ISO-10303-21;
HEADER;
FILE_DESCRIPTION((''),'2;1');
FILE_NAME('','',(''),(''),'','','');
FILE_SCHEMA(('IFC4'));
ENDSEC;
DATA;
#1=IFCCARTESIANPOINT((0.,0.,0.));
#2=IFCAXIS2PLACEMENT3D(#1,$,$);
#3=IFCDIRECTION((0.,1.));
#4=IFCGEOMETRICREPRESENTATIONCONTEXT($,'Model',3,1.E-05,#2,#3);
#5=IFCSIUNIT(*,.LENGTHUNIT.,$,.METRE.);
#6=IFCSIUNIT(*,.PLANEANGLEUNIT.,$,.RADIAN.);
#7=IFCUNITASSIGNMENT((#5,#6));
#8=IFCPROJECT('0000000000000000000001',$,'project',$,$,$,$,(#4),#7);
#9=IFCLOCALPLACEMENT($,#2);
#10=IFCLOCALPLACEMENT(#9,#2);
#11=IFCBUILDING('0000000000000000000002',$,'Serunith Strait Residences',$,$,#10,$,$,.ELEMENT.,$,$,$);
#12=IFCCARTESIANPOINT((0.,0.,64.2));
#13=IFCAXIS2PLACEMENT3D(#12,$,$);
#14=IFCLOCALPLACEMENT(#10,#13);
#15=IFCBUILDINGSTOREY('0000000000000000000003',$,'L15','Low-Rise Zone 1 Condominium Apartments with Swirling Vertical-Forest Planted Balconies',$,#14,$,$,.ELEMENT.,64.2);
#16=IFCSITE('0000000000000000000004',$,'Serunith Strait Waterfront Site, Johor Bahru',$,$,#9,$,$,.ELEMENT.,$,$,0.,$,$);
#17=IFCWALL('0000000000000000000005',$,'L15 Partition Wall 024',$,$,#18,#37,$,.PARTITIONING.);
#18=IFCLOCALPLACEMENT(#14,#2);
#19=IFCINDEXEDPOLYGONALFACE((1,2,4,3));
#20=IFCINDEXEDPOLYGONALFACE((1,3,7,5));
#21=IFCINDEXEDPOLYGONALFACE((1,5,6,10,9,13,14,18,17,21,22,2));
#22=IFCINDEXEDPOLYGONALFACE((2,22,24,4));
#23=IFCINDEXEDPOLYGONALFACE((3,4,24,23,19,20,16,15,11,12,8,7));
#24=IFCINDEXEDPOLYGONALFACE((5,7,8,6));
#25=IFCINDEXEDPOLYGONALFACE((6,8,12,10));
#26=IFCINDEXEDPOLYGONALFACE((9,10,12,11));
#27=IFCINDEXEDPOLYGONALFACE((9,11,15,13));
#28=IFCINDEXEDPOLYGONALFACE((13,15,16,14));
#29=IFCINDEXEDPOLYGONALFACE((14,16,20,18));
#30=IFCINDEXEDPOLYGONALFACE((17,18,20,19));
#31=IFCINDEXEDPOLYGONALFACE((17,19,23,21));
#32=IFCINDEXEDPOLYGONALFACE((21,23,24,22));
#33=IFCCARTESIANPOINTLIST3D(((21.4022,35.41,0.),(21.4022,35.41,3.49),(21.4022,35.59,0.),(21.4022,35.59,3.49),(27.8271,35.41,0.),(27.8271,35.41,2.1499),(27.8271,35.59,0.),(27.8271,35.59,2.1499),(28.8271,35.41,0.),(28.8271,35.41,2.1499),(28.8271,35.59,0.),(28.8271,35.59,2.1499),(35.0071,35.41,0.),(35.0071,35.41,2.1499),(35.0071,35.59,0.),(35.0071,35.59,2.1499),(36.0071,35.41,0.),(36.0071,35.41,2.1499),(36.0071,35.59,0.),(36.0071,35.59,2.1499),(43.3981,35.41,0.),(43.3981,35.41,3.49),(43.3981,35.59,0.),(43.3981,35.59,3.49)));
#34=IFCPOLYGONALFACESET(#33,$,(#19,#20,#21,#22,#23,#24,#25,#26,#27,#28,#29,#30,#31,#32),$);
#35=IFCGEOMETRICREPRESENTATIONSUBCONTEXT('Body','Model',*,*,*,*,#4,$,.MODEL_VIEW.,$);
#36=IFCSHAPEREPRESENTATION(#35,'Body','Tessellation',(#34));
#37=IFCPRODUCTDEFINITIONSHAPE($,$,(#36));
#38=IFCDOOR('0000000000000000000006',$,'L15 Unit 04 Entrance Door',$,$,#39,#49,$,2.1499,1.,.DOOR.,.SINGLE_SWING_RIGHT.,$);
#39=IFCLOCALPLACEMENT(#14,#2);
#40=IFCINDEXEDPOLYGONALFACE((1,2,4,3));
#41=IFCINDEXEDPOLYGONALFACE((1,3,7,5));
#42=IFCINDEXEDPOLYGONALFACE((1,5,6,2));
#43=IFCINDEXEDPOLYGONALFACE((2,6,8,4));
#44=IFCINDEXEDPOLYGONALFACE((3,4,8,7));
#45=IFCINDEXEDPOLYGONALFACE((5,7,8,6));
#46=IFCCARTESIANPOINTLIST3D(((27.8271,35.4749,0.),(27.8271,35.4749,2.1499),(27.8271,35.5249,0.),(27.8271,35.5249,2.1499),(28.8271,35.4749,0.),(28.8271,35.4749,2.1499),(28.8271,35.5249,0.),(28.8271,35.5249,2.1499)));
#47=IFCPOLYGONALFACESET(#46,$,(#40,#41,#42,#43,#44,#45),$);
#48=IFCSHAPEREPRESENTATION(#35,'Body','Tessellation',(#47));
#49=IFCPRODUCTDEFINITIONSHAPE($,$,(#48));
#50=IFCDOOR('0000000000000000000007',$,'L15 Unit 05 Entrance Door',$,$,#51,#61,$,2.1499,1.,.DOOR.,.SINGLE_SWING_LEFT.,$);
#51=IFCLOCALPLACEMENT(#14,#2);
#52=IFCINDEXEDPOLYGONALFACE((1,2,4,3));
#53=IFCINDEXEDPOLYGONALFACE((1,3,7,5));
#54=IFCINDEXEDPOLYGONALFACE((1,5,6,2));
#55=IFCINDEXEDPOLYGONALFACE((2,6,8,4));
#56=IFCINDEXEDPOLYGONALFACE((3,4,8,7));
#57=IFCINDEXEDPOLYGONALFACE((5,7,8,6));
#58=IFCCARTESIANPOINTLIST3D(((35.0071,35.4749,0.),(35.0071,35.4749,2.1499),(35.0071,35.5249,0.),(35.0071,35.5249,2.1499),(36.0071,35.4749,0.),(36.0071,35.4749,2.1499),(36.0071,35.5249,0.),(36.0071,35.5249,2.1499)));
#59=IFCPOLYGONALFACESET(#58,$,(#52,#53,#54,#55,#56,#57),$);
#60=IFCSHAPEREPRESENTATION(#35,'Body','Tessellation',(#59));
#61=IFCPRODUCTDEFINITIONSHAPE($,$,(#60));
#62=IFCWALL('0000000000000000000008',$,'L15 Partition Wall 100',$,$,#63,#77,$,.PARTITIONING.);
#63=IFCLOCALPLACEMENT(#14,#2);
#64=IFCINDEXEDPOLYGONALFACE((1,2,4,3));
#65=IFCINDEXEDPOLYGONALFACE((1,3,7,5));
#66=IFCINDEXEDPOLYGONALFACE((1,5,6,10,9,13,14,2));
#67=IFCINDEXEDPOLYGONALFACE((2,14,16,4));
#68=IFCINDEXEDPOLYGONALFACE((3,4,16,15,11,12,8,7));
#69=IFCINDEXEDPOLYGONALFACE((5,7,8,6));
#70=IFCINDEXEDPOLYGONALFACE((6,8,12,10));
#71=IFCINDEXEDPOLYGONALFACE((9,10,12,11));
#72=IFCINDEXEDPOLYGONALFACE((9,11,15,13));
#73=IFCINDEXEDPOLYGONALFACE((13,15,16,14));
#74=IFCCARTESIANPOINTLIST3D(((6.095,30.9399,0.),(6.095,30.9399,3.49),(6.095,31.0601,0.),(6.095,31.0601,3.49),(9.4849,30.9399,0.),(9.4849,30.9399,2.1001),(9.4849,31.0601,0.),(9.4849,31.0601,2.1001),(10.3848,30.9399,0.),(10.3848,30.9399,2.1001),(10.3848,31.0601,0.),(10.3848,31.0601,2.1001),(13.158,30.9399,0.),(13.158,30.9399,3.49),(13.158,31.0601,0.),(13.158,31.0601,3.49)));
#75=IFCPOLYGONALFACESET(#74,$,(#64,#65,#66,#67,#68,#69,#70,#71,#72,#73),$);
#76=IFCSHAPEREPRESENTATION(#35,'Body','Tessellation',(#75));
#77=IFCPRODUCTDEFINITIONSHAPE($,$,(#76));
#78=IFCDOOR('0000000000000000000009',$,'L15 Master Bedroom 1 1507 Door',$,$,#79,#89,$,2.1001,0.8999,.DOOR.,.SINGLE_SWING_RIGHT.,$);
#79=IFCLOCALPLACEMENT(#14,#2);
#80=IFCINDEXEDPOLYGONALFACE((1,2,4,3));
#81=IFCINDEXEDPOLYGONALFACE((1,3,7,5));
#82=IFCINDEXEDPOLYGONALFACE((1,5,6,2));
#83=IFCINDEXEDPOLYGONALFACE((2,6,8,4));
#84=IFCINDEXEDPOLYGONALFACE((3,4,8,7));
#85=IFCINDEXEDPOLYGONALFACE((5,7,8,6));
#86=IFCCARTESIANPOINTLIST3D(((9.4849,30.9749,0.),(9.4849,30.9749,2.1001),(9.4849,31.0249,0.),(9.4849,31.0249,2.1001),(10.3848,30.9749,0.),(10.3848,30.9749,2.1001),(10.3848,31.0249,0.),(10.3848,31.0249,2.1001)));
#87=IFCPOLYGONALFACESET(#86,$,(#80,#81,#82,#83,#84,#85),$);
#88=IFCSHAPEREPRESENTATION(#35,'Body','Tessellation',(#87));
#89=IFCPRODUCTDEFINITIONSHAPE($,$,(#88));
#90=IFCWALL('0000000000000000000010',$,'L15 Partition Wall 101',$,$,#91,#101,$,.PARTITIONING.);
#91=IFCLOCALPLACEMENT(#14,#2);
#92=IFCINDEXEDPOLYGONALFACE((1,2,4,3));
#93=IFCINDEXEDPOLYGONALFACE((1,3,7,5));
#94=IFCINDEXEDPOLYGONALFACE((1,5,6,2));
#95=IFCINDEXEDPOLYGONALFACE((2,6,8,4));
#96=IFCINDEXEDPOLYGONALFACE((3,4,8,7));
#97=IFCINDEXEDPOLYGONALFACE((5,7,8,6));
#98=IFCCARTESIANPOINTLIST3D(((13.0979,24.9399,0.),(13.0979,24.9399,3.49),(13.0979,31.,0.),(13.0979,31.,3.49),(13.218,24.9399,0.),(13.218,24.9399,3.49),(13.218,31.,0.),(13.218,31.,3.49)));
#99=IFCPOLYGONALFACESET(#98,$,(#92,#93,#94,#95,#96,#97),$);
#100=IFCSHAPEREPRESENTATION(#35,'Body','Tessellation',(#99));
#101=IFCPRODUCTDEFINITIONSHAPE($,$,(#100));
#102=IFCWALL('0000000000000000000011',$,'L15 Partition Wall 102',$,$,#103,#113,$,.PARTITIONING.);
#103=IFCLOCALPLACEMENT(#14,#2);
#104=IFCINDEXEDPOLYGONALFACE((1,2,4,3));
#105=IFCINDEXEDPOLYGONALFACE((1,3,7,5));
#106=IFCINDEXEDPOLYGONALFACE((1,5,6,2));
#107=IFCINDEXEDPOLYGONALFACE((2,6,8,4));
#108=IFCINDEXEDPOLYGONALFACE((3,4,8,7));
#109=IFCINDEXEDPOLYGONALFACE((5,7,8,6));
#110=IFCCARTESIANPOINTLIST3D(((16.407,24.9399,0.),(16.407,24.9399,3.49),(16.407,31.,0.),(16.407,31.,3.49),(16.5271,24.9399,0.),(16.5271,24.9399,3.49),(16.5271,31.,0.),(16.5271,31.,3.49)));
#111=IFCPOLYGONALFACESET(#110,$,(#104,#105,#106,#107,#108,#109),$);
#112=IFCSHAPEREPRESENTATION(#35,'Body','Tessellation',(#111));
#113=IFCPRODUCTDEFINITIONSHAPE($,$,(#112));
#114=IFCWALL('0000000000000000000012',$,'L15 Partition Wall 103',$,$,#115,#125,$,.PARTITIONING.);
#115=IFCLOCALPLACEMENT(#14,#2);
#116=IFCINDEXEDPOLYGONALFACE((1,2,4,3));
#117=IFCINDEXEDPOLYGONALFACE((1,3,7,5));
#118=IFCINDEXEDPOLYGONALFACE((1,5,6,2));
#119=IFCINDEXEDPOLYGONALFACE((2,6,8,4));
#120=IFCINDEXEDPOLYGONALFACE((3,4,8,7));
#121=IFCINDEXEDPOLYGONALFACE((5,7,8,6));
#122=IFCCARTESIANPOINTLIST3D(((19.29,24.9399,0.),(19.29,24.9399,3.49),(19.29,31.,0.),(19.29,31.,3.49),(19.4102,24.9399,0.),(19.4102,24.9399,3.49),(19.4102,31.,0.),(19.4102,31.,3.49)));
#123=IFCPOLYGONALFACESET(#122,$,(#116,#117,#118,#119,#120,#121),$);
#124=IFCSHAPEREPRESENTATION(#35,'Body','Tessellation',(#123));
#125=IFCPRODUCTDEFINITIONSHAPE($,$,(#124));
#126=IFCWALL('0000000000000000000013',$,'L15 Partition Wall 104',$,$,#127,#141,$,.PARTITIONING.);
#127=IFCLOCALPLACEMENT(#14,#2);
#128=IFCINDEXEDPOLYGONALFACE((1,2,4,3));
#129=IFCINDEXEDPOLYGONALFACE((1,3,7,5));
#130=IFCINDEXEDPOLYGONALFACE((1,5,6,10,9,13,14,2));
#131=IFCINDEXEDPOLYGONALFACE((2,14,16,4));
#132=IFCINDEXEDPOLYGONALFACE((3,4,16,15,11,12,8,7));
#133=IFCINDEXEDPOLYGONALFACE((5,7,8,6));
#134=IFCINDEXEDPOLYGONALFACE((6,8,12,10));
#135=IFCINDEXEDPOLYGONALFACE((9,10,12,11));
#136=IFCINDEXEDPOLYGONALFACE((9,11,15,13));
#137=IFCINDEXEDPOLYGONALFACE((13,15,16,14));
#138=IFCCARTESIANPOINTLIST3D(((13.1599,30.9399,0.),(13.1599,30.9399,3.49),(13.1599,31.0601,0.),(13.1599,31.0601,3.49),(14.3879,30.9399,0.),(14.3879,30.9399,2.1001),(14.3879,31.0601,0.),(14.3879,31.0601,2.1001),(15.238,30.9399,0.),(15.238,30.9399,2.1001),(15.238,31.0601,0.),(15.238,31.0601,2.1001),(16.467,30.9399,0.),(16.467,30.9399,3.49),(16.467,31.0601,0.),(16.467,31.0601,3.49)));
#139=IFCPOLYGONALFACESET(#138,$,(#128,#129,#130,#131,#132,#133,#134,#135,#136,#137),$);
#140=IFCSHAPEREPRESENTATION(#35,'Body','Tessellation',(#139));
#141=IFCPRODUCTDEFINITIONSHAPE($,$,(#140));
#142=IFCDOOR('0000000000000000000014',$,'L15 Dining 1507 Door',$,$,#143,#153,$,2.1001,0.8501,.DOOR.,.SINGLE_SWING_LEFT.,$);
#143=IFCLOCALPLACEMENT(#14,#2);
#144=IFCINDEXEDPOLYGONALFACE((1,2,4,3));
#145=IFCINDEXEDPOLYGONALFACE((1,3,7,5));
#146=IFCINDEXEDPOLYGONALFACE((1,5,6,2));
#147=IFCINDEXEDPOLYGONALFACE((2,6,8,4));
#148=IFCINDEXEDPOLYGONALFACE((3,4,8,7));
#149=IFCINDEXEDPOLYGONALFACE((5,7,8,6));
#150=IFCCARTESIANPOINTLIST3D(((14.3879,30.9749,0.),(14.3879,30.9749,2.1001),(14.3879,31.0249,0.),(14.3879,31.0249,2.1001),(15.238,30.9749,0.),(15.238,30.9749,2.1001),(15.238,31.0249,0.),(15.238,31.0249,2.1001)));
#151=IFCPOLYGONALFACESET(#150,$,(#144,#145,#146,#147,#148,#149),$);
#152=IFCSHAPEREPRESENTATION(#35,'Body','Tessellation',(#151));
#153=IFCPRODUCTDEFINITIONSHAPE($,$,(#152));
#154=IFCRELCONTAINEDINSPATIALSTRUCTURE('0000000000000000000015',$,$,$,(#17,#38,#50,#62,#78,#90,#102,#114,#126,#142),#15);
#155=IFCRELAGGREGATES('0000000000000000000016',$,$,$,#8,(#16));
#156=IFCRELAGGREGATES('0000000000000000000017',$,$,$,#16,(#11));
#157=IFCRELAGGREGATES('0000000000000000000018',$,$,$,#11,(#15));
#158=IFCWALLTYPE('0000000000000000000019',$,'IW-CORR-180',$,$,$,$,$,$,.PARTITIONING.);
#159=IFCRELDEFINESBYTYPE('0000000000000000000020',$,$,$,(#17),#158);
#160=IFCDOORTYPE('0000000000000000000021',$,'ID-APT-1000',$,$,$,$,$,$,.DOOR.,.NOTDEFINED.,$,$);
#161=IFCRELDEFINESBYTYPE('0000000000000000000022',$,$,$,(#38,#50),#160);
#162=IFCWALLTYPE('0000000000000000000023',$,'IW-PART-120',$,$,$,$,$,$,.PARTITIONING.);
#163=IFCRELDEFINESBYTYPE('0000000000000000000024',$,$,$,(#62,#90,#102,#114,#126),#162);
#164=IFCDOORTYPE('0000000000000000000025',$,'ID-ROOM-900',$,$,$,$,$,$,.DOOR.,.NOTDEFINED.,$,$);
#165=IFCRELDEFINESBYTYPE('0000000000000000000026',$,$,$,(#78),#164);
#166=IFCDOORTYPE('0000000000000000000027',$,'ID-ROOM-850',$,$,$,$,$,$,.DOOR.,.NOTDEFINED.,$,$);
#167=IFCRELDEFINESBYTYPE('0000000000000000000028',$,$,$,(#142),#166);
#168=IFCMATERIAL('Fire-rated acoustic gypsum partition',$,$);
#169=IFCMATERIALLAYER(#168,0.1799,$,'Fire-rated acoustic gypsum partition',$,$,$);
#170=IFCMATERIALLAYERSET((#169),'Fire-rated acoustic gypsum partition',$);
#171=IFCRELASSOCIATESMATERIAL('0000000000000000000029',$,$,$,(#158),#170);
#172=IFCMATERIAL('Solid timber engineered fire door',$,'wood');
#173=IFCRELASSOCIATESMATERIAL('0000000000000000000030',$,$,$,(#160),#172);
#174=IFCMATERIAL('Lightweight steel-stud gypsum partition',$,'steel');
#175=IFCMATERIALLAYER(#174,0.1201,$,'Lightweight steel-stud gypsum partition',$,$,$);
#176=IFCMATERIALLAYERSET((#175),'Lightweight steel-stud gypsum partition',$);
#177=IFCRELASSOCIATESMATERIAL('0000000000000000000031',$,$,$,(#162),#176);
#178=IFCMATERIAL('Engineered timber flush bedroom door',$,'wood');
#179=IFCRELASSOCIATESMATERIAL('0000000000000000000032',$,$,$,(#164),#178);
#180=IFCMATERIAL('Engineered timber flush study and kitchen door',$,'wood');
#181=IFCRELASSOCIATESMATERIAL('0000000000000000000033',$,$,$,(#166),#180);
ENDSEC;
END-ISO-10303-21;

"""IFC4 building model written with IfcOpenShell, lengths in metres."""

from ifc_helpers import new_model, si_unit, direction, frame, frame_2d, origin, place, context, subcontext, project, spatial, rectangle, extrude, source, transform, mapped, material, layer, layer_set, type_object, element, fill, save


model = new_model("IFC4")

# Units and contexts
model_context = context("Model", 3, precision=1e-05, world=origin(), true_north=direction((0.0, 1.0)))
body_context = subcontext(model_context, "Body", "Model", "MODEL_VIEW")
ifc_project = project(units=[si_unit("LENGTHUNIT", "METRE"), si_unit("PLANEANGLEUNIT", "RADIAN")], contexts=[model_context])

# Site, building, storey
site_placement = place(None, origin())
site = spatial("IfcSite", under=ifc_project, at=site_placement, Name="Serunith Strait Waterfront Site, Johor Bahru", CompositionType="ELEMENT", RefElevation=0.0)
building_placement = place(site_placement, origin())
building = spatial("IfcBuilding", under=site, at=building_placement, Name="Serunith Strait Residences", CompositionType="ELEMENT")
storey_placement = place(building_placement, frame((0.0, 0.0, 64.2)))
storey = spatial("IfcBuildingStorey", under=building, at=storey_placement, Name="L15", Description="Low-Rise Zone 1 Condominium Apartments with Swirling Vertical-Forest Planted Balconies", CompositionType="ELEMENT", Elevation=64.2)

# Wall, openings, doors
ifc_material_1 = material(Name="Fire-rated acoustic gypsum partition")
ifc_layer_1 = layer(ifc_material_1, 0.1799, Name="Fire-rated acoustic gypsum partition")
ifc_layer_set_1 = layer_set([ifc_layer_1], Name="Fire-rated acoustic gypsum partition")
wall_type_1 = type_object("IfcWallType", Name="IW-CORR-180", PredefinedType="PARTITIONING", material=ifc_layer_set_1)
wall_1_placement = place(storey_placement, frame((21.4021, 35.5, 0.0), z_axis=(0.0, 0.0, 1.0), x_axis=(1.0, 0.0, 0.0)))
wall_1 = element("IfcWall", 1, at=wall_1_placement, inside=storey, type_object=wall_type_1, Name="L15 Partition Wall 024", PredefinedType="PARTITIONING", context=body_context, shape_type="SweptSolid", body=[
    extrude(rectangle(XDim=21.9958, YDim=0.1799, at=frame_2d((10.998, 0.0))), origin(), (0.0, 0.0, 1.0), 3.49),
])
opening_1_placement = place(wall_1_placement, frame((6.425, 0.0, 0.0)))
opening_1 = element("IfcOpeningElement", 2, at=opening_1_placement, cuts=wall_1, PredefinedType="OPENING", context=body_context, shape_type="SweptSolid", body=[
    extrude(rectangle(XDim=1.0, YDim=2.1499, at=frame_2d((0.5, 1.075))), frame((0.0, 0.1001, 0.0), z_axis=(0.0, -1.0, 0.0), x_axis=(1.0, 0.0, 0.0)), (0.0, 0.0, 1.0), 0.2),
])
opening_2_placement = place(wall_1_placement, frame((13.605, 0.0, 0.0)))
opening_2 = element("IfcOpeningElement", 3, at=opening_2_placement, cuts=wall_1, PredefinedType="OPENING", context=body_context, shape_type="SweptSolid", body=[
    extrude(rectangle(XDim=1.0, YDim=2.1499, at=frame_2d((0.5, 1.075))), frame((0.0, 0.1001, 0.0), z_axis=(0.0, -1.0, 0.0), x_axis=(1.0, 0.0, 0.0)), (0.0, 0.0, 1.0), 0.2),
])
ifc_material_2 = material(Name="Solid timber engineered fire door", Category="wood")
door_type_1 = type_object("IfcDoorType", Name="ID-APT-1000", OperationType="NOTDEFINED", PredefinedType="DOOR", material=ifc_material_2)
shared_shape_1 = source(origin(), body_context, "Body", "SweptSolid", [
    extrude(rectangle(XDim=1.0, YDim=2.1499, at=frame_2d((0.5, 1.075))), frame((0.0, 0.0249, 0.0), z_axis=(0.0, -1.0, 0.0), x_axis=(1.0, 0.0, 0.0)), (0.0, 0.0, 1.0), 0.05),
])
door_1_placement = place(opening_1_placement, origin())
door_1 = element("IfcDoor", 4, at=door_1_placement, inside=storey, type_object=door_type_1, Name="L15 Unit 04 Entrance Door", OperationType="SINGLE_SWING_RIGHT", OverallHeight=2.1499, OverallWidth=1.0, PredefinedType="DOOR", context=body_context, shape_type="MappedRepresentation", body=[
    mapped(shared_shape_1, transform((0.0, 0.0, 0.0), scale=1.0)),
])
fill(opening_1, door_1)
door_2_placement = place(opening_2_placement, origin())
door_2 = element("IfcDoor", 5, at=door_2_placement, inside=storey, type_object=door_type_1, Name="L15 Unit 05 Entrance Door", OperationType="SINGLE_SWING_LEFT", OverallHeight=2.1499, OverallWidth=1.0, PredefinedType="DOOR", context=body_context, shape_type="MappedRepresentation", body=[
    mapped(shared_shape_1, transform((0.0, 0.0, 0.0), scale=1.0)),
])
fill(opening_2, door_2)

# Wall, opening, door
ifc_material_3 = material(Name="Lightweight steel-stud gypsum partition", Category="steel")
ifc_layer_2 = layer(ifc_material_3, 0.1201, Name="Lightweight steel-stud gypsum partition")
ifc_layer_set_2 = layer_set([ifc_layer_2], Name="Lightweight steel-stud gypsum partition")
wall_type_2 = type_object("IfcWallType", Name="IW-PART-120", PredefinedType="PARTITIONING", material=ifc_layer_set_2)
wall_2_placement = place(storey_placement, frame((6.095, 31.0, 0.0), z_axis=(0.0, 0.0, 1.0), x_axis=(1.0, 0.0, 0.0)))
wall_2 = element("IfcWall", 6, at=wall_2_placement, inside=storey, type_object=wall_type_2, Name="L15 Partition Wall 100", PredefinedType="PARTITIONING", context=body_context, shape_type="SweptSolid", body=[
    extrude(rectangle(XDim=7.063, YDim=0.1201, at=frame_2d((3.5315, 0.0))), origin(), (0.0, 0.0, 1.0), 3.49),
])
opening_3_placement = place(wall_2_placement, frame((3.3899, 0.0, 0.0)))
opening_3 = element("IfcOpeningElement", 7, at=opening_3_placement, cuts=wall_2, PredefinedType="OPENING", context=body_context, shape_type="SweptSolid", body=[
    extrude(rectangle(XDim=0.8999, YDim=2.1001, at=frame_2d((0.45, 1.05))), frame((0.0, 0.0701, 0.0), z_axis=(0.0, -1.0, 0.0), x_axis=(1.0, 0.0, 0.0)), (0.0, 0.0, 1.0), 0.1401),
])
ifc_material_4 = material(Name="Engineered timber flush bedroom door", Category="wood")
door_type_2 = type_object("IfcDoorType", Name="ID-ROOM-900", OperationType="NOTDEFINED", PredefinedType="DOOR", material=ifc_material_4)
shared_shape_2 = source(origin(), body_context, "Body", "SweptSolid", [
    extrude(rectangle(XDim=0.8999, YDim=2.1001, at=frame_2d((0.45, 1.05))), frame((0.0, 0.0249, 0.0), z_axis=(0.0, -1.0, 0.0), x_axis=(1.0, 0.0, 0.0)), (0.0, 0.0, 1.0), 0.05),
])
door_3_placement = place(opening_3_placement, origin())
door_3 = element("IfcDoor", 8, at=door_3_placement, inside=storey, type_object=door_type_2, Name="L15 Master Bedroom 1 1507 Door", OperationType="SINGLE_SWING_RIGHT", OverallHeight=2.1001, OverallWidth=0.8999, PredefinedType="DOOR", context=body_context, shape_type="MappedRepresentation", body=[
    mapped(shared_shape_2, transform((0.0, 0.0, 0.0), scale=1.0)),
])
fill(opening_3, door_3)

# Walls
for number, where, z_axis, x_axis, name in (
    (9, (13.158, 24.9399, 0.0), (0.0, 0.0, 1.0), (0.0, 1.0, 0.0), "L15 Partition Wall 101"),
    (10, (16.467, 24.9399, 0.0), (0.0, 0.0, 1.0), (0.0, 1.0, 0.0), "L15 Partition Wall 102"),
    (11, (19.3501, 24.9399, 0.0), (0.0, 0.0, 1.0), (0.0, 1.0, 0.0), "L15 Partition Wall 103"),
):
    element("IfcWall", number, at=place(storey_placement, frame(where, z_axis=z_axis, x_axis=x_axis)), inside=storey, type_object=wall_type_2, Name=name, PredefinedType="PARTITIONING", context=body_context, shape_type="SweptSolid", body=[
        extrude(rectangle(XDim=6.0601, YDim=0.1201, at=frame_2d((3.03, 0.0))), origin(), (0.0, 0.0, 1.0), 3.49),
    ])

# Wall, opening, door
wall_3_placement = place(storey_placement, frame((13.1599, 31.0, 0.0), z_axis=(0.0, 0.0, 1.0), x_axis=(1.0, 0.0, 0.0)))
wall_3 = element("IfcWall", 12, at=wall_3_placement, inside=storey, type_object=wall_type_2, Name="L15 Partition Wall 104", PredefinedType="PARTITIONING", context=body_context, shape_type="SweptSolid", body=[
    extrude(rectangle(XDim=3.3071, YDim=0.1201, at=frame_2d((1.6536, 0.0))), origin(), (0.0, 0.0, 1.0), 3.49),
])
opening_4_placement = place(wall_3_placement, frame((1.228, 0.0, 0.0)))
opening_4 = element("IfcOpeningElement", 13, at=opening_4_placement, cuts=wall_3, PredefinedType="OPENING", context=body_context, shape_type="SweptSolid", body=[
    extrude(rectangle(XDim=0.8501, YDim=2.1001, at=frame_2d((0.425, 1.05))), frame((0.0, 0.0701, 0.0), z_axis=(0.0, -1.0, 0.0), x_axis=(1.0, 0.0, 0.0)), (0.0, 0.0, 1.0), 0.1401),
])
ifc_material_5 = material(Name="Engineered timber flush study and kitchen door", Category="wood")
door_type_3 = type_object("IfcDoorType", Name="ID-ROOM-850", OperationType="NOTDEFINED", PredefinedType="DOOR", material=ifc_material_5)
shared_shape_3 = source(origin(), body_context, "Body", "SweptSolid", [
    extrude(rectangle(XDim=0.8501, YDim=2.1001, at=frame_2d((0.425, 1.05))), frame((0.0, 0.0249, 0.0), z_axis=(0.0, -1.0, 0.0), x_axis=(1.0, 0.0, 0.0)), (0.0, 0.0, 1.0), 0.05),
])
door_4_placement = place(opening_4_placement, origin())
door_4 = element("IfcDoor", 14, at=door_4_placement, inside=storey, type_object=door_type_3, Name="L15 Dining 1507 Door", OperationType="SINGLE_SWING_LEFT", OverallHeight=2.1001, OverallWidth=0.8501, PredefinedType="DOOR", context=body_context, shape_type="MappedRepresentation", body=[
    mapped(shared_shape_3, transform((0.0, 0.0, 0.0), scale=1.0)),
])
fill(opening_4, door_4)

save(model, "model.ifc")
